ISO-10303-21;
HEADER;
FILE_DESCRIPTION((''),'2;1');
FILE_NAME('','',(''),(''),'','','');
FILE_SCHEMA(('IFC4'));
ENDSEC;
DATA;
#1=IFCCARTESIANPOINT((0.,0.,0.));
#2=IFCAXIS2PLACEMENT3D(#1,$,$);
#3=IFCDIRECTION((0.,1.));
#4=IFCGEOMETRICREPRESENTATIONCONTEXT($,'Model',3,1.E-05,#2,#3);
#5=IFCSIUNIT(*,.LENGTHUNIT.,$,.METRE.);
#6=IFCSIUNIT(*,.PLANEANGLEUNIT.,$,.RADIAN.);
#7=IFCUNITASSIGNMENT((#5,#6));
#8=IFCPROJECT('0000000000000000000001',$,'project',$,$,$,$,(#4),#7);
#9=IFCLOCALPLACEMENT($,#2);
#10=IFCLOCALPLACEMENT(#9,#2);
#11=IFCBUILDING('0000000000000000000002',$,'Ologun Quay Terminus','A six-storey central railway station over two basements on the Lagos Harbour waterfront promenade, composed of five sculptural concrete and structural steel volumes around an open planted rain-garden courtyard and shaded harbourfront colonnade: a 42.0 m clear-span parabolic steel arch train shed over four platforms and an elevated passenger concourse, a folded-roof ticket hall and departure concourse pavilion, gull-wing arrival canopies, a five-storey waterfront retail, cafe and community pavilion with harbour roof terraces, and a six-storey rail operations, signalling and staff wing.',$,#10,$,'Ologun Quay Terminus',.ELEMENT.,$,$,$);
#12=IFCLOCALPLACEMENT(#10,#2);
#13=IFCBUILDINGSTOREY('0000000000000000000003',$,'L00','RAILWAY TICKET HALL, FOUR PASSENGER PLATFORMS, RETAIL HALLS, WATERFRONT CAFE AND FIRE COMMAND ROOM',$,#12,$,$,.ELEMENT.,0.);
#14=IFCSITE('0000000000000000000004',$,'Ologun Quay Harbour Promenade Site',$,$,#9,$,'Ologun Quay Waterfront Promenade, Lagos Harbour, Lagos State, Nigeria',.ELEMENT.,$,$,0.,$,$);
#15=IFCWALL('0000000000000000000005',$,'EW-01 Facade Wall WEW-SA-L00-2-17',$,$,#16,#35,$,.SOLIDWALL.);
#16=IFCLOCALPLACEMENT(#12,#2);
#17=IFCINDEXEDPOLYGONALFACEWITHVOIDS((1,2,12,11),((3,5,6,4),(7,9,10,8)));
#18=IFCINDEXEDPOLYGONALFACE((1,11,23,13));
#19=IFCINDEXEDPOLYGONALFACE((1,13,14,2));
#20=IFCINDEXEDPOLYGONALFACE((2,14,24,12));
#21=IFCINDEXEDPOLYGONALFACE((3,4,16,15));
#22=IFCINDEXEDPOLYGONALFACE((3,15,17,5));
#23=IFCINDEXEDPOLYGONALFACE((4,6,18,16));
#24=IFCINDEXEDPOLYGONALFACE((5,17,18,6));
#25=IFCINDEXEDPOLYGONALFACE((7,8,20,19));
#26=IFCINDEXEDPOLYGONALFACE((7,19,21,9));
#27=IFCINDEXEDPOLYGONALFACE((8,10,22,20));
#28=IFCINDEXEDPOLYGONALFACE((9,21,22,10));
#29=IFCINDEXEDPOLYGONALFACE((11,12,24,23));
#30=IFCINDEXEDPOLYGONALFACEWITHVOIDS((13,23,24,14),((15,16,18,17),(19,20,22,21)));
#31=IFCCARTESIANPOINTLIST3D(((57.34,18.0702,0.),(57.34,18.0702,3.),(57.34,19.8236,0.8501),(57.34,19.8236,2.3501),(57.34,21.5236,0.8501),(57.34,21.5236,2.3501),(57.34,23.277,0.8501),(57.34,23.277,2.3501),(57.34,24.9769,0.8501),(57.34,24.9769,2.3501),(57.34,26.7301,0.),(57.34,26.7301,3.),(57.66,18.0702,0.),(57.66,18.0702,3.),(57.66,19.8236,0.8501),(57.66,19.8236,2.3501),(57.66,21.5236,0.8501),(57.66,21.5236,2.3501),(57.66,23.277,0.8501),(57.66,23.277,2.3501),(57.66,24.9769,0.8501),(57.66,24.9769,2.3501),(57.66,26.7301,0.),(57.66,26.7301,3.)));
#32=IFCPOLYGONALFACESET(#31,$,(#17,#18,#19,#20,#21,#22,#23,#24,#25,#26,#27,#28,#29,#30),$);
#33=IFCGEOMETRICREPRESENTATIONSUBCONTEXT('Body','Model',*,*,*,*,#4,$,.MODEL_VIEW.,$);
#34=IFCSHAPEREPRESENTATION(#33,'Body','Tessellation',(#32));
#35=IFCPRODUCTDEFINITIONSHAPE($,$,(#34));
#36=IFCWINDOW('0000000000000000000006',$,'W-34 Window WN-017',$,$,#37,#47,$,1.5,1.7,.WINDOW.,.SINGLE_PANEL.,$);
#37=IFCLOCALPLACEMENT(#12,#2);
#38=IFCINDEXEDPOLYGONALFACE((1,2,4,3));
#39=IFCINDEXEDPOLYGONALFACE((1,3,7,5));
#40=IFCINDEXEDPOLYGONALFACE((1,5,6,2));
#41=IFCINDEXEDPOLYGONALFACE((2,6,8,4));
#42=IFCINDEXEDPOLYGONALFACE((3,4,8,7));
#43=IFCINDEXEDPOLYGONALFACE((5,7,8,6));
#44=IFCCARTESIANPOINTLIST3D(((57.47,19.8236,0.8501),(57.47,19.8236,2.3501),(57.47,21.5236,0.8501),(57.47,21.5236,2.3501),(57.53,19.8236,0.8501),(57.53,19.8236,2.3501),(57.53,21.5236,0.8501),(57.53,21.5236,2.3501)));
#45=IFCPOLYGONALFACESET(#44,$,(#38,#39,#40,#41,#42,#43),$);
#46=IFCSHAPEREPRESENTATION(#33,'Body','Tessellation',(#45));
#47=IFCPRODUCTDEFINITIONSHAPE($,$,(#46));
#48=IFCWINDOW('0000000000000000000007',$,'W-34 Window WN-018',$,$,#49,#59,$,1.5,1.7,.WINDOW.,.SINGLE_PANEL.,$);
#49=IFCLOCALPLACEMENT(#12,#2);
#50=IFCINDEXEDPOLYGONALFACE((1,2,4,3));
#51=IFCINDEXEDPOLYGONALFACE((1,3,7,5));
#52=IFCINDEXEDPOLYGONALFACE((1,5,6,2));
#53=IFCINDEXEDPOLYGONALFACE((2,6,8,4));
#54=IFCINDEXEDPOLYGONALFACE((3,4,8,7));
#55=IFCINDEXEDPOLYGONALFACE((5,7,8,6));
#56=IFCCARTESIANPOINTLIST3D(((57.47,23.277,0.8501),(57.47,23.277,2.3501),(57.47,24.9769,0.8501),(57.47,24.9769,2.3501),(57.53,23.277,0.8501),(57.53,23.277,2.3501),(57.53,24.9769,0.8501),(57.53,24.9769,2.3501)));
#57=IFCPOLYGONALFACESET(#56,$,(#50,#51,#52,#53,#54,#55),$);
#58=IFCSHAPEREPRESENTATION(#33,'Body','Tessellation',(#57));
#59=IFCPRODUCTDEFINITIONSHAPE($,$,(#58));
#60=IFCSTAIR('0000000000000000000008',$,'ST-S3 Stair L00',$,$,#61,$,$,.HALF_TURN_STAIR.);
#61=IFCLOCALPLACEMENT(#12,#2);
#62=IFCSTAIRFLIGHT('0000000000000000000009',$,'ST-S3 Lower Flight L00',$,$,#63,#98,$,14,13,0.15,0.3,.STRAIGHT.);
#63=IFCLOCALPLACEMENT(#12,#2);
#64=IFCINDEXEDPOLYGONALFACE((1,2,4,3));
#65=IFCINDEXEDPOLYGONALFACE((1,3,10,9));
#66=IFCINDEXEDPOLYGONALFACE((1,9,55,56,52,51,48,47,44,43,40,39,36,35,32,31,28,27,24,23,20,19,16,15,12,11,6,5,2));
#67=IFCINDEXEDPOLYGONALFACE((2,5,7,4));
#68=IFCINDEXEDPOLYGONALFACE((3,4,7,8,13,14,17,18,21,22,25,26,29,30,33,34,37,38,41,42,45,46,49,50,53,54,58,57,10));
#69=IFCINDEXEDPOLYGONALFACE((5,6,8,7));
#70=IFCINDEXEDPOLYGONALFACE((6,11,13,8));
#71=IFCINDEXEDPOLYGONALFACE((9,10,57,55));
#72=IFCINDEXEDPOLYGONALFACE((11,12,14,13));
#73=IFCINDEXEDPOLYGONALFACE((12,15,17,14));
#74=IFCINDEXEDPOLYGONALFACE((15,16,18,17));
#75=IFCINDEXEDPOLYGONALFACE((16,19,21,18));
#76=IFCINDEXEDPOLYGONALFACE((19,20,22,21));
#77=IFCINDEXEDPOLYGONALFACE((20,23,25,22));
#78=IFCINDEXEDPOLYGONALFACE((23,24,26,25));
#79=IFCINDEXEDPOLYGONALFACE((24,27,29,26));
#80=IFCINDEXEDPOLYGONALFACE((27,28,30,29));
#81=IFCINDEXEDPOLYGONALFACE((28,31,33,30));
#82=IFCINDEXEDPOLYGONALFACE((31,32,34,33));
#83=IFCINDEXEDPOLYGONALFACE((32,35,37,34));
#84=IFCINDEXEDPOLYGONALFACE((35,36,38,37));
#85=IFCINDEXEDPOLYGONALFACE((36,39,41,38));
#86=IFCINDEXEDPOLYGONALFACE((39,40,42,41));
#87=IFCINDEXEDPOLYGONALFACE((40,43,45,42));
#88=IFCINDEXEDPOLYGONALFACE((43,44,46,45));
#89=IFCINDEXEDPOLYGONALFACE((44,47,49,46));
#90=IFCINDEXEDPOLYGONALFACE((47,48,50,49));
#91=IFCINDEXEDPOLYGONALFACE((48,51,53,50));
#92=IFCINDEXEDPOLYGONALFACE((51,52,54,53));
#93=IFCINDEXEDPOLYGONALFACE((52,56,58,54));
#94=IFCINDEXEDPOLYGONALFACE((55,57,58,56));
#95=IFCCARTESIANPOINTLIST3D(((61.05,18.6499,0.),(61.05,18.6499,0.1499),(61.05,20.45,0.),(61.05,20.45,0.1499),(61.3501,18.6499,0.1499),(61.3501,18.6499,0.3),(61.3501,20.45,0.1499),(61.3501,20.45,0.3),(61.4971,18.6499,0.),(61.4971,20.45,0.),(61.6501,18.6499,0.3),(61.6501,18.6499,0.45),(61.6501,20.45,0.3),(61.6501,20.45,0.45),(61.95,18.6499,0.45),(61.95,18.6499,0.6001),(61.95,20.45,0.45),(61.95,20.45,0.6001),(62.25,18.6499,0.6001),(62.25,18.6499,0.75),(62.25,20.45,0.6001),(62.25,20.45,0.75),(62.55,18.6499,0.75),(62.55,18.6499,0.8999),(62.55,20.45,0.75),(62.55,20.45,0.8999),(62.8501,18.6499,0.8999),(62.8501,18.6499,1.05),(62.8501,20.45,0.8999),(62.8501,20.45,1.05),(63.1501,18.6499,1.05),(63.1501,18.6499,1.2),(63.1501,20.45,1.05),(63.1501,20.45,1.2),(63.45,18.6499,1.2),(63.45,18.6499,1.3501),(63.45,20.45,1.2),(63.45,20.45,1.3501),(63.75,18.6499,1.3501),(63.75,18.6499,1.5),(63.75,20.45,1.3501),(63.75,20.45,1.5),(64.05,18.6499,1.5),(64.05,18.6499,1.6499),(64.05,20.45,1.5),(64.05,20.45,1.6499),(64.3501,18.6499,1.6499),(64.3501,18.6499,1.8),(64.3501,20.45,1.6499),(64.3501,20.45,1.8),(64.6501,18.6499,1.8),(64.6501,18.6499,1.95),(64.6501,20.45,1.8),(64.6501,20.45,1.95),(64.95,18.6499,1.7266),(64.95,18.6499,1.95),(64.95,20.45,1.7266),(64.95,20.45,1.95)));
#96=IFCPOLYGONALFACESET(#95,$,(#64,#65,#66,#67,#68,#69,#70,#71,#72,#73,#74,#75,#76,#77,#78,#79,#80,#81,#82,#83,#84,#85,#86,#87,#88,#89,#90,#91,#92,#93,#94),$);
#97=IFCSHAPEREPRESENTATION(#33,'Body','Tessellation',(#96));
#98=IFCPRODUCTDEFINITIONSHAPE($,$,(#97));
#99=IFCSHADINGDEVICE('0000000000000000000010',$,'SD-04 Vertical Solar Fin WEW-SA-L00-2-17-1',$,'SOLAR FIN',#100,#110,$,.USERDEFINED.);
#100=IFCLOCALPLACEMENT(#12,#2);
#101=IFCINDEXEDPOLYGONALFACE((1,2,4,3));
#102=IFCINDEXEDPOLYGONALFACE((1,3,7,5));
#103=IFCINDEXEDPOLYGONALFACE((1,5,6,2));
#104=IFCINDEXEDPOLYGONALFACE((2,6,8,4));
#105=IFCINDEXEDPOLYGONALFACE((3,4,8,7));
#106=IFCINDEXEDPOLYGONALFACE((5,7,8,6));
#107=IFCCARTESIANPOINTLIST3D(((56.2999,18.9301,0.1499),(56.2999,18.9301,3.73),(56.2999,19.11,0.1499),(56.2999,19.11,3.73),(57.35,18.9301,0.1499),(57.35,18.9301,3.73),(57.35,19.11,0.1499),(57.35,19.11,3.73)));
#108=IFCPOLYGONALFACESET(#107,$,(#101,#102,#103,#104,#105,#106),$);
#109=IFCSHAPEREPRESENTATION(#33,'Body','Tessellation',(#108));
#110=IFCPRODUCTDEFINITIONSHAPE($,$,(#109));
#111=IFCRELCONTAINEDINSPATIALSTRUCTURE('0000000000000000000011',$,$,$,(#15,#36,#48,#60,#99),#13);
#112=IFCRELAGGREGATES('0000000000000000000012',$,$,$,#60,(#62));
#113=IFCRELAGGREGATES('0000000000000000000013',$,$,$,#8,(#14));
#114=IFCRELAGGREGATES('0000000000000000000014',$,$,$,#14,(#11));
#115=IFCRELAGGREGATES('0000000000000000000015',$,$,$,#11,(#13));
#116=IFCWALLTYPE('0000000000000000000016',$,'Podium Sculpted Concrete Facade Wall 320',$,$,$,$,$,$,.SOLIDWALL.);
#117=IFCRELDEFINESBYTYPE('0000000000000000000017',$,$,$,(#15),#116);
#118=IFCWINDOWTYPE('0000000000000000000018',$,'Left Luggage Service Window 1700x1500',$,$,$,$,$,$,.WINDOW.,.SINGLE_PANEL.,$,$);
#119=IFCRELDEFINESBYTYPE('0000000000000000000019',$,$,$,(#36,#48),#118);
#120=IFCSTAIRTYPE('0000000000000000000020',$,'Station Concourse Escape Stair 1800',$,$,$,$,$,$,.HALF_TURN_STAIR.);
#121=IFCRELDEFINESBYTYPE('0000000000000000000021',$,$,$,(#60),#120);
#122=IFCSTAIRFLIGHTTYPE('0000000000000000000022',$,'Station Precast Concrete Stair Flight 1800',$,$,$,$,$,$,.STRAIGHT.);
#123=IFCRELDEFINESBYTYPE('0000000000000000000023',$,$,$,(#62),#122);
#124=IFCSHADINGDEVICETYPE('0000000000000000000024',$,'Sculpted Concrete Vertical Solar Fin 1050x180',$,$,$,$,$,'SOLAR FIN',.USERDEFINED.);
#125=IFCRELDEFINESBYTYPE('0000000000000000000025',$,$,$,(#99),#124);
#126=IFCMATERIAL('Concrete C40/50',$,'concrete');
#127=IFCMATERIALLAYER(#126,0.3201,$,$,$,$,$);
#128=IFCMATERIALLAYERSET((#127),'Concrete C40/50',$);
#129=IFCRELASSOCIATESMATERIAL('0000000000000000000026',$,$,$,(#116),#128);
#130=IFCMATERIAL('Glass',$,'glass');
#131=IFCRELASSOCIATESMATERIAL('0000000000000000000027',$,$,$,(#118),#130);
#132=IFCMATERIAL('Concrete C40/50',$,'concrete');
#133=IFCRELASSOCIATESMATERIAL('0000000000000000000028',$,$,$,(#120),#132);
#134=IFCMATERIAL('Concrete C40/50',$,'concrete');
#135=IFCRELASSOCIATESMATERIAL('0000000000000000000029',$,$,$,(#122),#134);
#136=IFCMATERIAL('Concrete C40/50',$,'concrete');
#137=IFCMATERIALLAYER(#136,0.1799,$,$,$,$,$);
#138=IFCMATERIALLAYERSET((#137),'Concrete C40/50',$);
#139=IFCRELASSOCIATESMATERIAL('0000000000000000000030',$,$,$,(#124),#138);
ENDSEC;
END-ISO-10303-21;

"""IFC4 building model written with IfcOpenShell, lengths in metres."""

from ifc_helpers import new_model, si_unit, direction, frame, frame_2d, origin, origin_2d, place, context, subcontext, project, spatial, polyline, rectangle, outline, extrude, material, layer, layer_set, type_object, element, fill, aggregate, save


model = new_model("IFC4")

# Units and contexts
model_context = context("Model", 3, precision=1e-05, world=origin(), true_north=direction((0.0, 1.0)))
body_context = subcontext(model_context, "Body", "Model", "MODEL_VIEW")
ifc_project = project(units=[si_unit("LENGTHUNIT", "METRE"), si_unit("PLANEANGLEUNIT", "RADIAN")], contexts=[model_context])

# Site, building, storey
site_placement = place(None, origin())
site = spatial("IfcSite", under=ifc_project, at=site_placement, Name="Ologun Quay Harbour Promenade Site", LongName="Ologun Quay Waterfront Promenade, Lagos Harbour, Lagos State, Nigeria", CompositionType="ELEMENT", RefElevation=0.0)
building_placement = place(site_placement, origin())
building = spatial("IfcBuilding", under=site, at=building_placement, Name="Ologun Quay Terminus", Description="A six-storey central railway station over two basements on the Lagos Harbour waterfront promenade, composed of five sculptural concrete and structural steel volumes around an open planted rain-garden courtyard and shaded harbourfront colonnade: a 42.0 m clear-span parabolic steel arch train shed over four platforms and an elevated passenger concourse, a folded-roof ticket hall and departure concourse pavilion, gull-wing arrival canopies, a five-storey waterfront retail, cafe and community pavilion with harbour roof terraces, and a six-storey rail operations, signalling and staff wing.", LongName="Ologun Quay Terminus", CompositionType="ELEMENT")
storey_placement = place(building_placement, origin())
storey = spatial("IfcBuildingStorey", under=building, at=storey_placement, Name="L00", Description="RAILWAY TICKET HALL, FOUR PASSENGER PLATFORMS, RETAIL HALLS, WATERFRONT CAFE AND FIRE COMMAND ROOM", CompositionType="ELEMENT", Elevation=0.0)

# Wall, openings, windows
ifc_material_1 = material(Name="Concrete C40/50", Category="concrete")
ifc_layer_1 = layer(ifc_material_1, 0.3201)
ifc_layer_set_1 = layer_set([ifc_layer_1], Name="Concrete C40/50")
wall_type_1 = type_object("IfcWallType", Name="Podium Sculpted Concrete Facade Wall 320", PredefinedType="SOLIDWALL", material=ifc_layer_set_1)
wall_1_placement = place(storey_placement, frame((57.5, 18.0701, 0.0), z_axis=(0.0, 0.0, 1.0), x_axis=(0.0, 1.0, 0.0)))
wall_1 = element("IfcWall", 1, at=wall_1_placement, inside=storey, type_object=wall_type_1, Name="EW-01 Facade Wall WEW-SA-L00-2-17", PredefinedType="SOLIDWALL", context=body_context, shape_type="SweptSolid", body=[
    extrude(rectangle(XDim=8.6599, YDim=0.3201, at=frame_2d((4.3301, 0.0))), origin(), (0.0, 0.0, 1.0), 3.0),
])
opening_1_placement = place(wall_1_placement, frame((1.7534, 0.0, 0.8501)))
opening_1 = element("IfcOpeningElement", 2, at=opening_1_placement, cuts=wall_1, PredefinedType="OPENING", context=body_context, shape_type="SweptSolid", body=[
    extrude(rectangle(XDim=1.7, YDim=1.5, at=frame_2d((0.8501, 0.75))), frame((0.0, 0.1699, 0.0), z_axis=(0.0, -1.0, 0.0), x_axis=(1.0, 0.0, 0.0)), (0.0, 0.0, 1.0), 0.3401),
])
opening_2_placement = place(wall_1_placement, frame((5.2068, 0.0, 0.8501)))
opening_2 = element("IfcOpeningElement", 3, at=opening_2_placement, cuts=wall_1, PredefinedType="OPENING", context=body_context, shape_type="SweptSolid", body=[
    extrude(rectangle(XDim=1.7, YDim=1.5, at=frame_2d((0.8501, 0.75))), frame((0.0, 0.1699, 0.0), z_axis=(0.0, -1.0, 0.0), x_axis=(1.0, 0.0, 0.0)), (0.0, 0.0, 1.0), 0.3401),
])
ifc_material_2 = material(Name="Glass", Category="glass")
window_type = type_object("IfcWindowType", Name="Left Luggage Service Window 1700x1500", PartitioningType="SINGLE_PANEL", PredefinedType="WINDOW", material=ifc_material_2)
window_1_placement = place(opening_1_placement, origin())
window_1 = element("IfcWindow", 4, at=window_1_placement, inside=storey, type_object=window_type, Name="W-34 Window WN-017", OverallHeight=1.5, OverallWidth=1.7, PartitioningType="SINGLE_PANEL", PredefinedType="WINDOW", context=body_context, shape_type="SweptSolid", body=[
    extrude(rectangle(XDim=1.7, YDim=1.5, at=frame_2d((0.8501, 0.75))), frame((0.0, 0.03, 0.0), z_axis=(0.0, -1.0, 0.0), x_axis=(1.0, 0.0, 0.0)), (0.0, 0.0, 1.0), 0.0601),
])
fill(opening_1, window_1)
window_2_placement = place(opening_2_placement, origin())
window_2 = element("IfcWindow", 5, at=window_2_placement, inside=storey, type_object=window_type, Name="W-34 Window WN-018", OverallHeight=1.5, OverallWidth=1.7, PartitioningType="SINGLE_PANEL", PredefinedType="WINDOW", context=body_context, shape_type="SweptSolid", body=[
    extrude(rectangle(XDim=1.7, YDim=1.5, at=frame_2d((0.8501, 0.75))), frame((0.0, 0.03, 0.0), z_axis=(0.0, -1.0, 0.0), x_axis=(1.0, 0.0, 0.0)), (0.0, 0.0, 1.0), 0.0601),
])
fill(opening_2, window_2)

# Stair, stair flight
ifc_material_3 = material(Name="Concrete C40/50", Category="concrete")
stair_type = type_object("IfcStairType", Name="Station Concourse Escape Stair 1800", PredefinedType="HALF_TURN_STAIR", material=ifc_material_3)
stair_placement = place(storey_placement, origin())
stair = element("IfcStair", 6, at=stair_placement, inside=storey, type_object=stair_type, Name="ST-S3 Stair L00", PredefinedType="HALF_TURN_STAIR")
ifc_material_4 = material(Name="Concrete C40/50", Category="concrete")
stair_flight_type = type_object("IfcStairFlightType", Name="Station Precast Concrete Stair Flight 1800", PredefinedType="STRAIGHT", material=ifc_material_4)
stair_flight_placement = place(storey_placement, frame((61.05, 19.55, 0.0), z_axis=(0.0, 0.0, 1.0), x_axis=(1.0, 0.0, 0.0)))
stair_flight = element("IfcStairFlight", 7, at=stair_flight_placement, type_object=stair_flight_type, Name="ST-S3 Lower Flight L00", NumberOfRisers=14, NumberOfTreads=13, PredefinedType="STRAIGHT", RiserHeight=0.15, TreadLength=0.3, context=body_context, shape_type="SweptSolid", body=[
    extrude(outline(polyline([(0.0, 0.0), (0.0, 0.1499), (0.3, 0.1499), (0.3, 0.3), (0.6001, 0.3), (0.6001, 0.45), (0.8999, 0.45), (0.8999, 0.6001), (1.2, 0.6001), (1.2, 0.75), (1.5, 0.75), (1.5, 0.8999), (1.8, 0.8999), (1.8, 1.05), (2.1001, 1.05), (2.1001, 1.2), (2.3999, 1.2), (2.3999, 1.3501), (2.7, 1.3501), (2.7, 1.5), (3.0, 1.5), (3.0, 1.6499), (3.3, 1.6499), (3.3, 1.8), (3.6001, 1.8), (3.6001, 1.95), (3.8999, 1.95), (3.8999, 2.1001), (3.8999, 1.7266), (0.447, 0.0), (0.0, 0.0)])), frame((0.0, 0.8999, 0.0), z_axis=(0.0, -1.0, 0.0), x_axis=(1.0, 0.0, 0.0)), (0.0, 0.0, 1.0), 1.8),
])
aggregate(stair, [stair_flight])

# Shading device
ifc_material_5 = material(Name="Concrete C40/50", Category="concrete")
ifc_layer_2 = layer(ifc_material_5, 0.1799)
ifc_layer_set_2 = layer_set([ifc_layer_2], Name="Concrete C40/50")
shading_device_type = type_object("IfcShadingDeviceType", Name="Sculpted Concrete Vertical Solar Fin 1050x180", ElementType="SOLAR FIN", PredefinedType="USERDEFINED", material=ifc_layer_set_2)
shading_device_placement = place(storey_placement, frame((56.825, 19.02, 0.1499), z_axis=(0.0, 0.0, 1.0), x_axis=(1.0, 0.0, 0.0)))
element("IfcShadingDevice", 8, at=shading_device_placement, inside=storey, type_object=shading_device_type, Name="SD-04 Vertical Solar Fin WEW-SA-L00-2-17-1", ObjectType="SOLAR FIN", PredefinedType="USERDEFINED", context=body_context, shape_type="SweptSolid", body=[
    extrude(rectangle(XDim=1.05, YDim=0.1799, at=origin_2d()), origin(), (0.0, 0.0, 1.0), 3.5801),
])

save(model, "model.ifc")
